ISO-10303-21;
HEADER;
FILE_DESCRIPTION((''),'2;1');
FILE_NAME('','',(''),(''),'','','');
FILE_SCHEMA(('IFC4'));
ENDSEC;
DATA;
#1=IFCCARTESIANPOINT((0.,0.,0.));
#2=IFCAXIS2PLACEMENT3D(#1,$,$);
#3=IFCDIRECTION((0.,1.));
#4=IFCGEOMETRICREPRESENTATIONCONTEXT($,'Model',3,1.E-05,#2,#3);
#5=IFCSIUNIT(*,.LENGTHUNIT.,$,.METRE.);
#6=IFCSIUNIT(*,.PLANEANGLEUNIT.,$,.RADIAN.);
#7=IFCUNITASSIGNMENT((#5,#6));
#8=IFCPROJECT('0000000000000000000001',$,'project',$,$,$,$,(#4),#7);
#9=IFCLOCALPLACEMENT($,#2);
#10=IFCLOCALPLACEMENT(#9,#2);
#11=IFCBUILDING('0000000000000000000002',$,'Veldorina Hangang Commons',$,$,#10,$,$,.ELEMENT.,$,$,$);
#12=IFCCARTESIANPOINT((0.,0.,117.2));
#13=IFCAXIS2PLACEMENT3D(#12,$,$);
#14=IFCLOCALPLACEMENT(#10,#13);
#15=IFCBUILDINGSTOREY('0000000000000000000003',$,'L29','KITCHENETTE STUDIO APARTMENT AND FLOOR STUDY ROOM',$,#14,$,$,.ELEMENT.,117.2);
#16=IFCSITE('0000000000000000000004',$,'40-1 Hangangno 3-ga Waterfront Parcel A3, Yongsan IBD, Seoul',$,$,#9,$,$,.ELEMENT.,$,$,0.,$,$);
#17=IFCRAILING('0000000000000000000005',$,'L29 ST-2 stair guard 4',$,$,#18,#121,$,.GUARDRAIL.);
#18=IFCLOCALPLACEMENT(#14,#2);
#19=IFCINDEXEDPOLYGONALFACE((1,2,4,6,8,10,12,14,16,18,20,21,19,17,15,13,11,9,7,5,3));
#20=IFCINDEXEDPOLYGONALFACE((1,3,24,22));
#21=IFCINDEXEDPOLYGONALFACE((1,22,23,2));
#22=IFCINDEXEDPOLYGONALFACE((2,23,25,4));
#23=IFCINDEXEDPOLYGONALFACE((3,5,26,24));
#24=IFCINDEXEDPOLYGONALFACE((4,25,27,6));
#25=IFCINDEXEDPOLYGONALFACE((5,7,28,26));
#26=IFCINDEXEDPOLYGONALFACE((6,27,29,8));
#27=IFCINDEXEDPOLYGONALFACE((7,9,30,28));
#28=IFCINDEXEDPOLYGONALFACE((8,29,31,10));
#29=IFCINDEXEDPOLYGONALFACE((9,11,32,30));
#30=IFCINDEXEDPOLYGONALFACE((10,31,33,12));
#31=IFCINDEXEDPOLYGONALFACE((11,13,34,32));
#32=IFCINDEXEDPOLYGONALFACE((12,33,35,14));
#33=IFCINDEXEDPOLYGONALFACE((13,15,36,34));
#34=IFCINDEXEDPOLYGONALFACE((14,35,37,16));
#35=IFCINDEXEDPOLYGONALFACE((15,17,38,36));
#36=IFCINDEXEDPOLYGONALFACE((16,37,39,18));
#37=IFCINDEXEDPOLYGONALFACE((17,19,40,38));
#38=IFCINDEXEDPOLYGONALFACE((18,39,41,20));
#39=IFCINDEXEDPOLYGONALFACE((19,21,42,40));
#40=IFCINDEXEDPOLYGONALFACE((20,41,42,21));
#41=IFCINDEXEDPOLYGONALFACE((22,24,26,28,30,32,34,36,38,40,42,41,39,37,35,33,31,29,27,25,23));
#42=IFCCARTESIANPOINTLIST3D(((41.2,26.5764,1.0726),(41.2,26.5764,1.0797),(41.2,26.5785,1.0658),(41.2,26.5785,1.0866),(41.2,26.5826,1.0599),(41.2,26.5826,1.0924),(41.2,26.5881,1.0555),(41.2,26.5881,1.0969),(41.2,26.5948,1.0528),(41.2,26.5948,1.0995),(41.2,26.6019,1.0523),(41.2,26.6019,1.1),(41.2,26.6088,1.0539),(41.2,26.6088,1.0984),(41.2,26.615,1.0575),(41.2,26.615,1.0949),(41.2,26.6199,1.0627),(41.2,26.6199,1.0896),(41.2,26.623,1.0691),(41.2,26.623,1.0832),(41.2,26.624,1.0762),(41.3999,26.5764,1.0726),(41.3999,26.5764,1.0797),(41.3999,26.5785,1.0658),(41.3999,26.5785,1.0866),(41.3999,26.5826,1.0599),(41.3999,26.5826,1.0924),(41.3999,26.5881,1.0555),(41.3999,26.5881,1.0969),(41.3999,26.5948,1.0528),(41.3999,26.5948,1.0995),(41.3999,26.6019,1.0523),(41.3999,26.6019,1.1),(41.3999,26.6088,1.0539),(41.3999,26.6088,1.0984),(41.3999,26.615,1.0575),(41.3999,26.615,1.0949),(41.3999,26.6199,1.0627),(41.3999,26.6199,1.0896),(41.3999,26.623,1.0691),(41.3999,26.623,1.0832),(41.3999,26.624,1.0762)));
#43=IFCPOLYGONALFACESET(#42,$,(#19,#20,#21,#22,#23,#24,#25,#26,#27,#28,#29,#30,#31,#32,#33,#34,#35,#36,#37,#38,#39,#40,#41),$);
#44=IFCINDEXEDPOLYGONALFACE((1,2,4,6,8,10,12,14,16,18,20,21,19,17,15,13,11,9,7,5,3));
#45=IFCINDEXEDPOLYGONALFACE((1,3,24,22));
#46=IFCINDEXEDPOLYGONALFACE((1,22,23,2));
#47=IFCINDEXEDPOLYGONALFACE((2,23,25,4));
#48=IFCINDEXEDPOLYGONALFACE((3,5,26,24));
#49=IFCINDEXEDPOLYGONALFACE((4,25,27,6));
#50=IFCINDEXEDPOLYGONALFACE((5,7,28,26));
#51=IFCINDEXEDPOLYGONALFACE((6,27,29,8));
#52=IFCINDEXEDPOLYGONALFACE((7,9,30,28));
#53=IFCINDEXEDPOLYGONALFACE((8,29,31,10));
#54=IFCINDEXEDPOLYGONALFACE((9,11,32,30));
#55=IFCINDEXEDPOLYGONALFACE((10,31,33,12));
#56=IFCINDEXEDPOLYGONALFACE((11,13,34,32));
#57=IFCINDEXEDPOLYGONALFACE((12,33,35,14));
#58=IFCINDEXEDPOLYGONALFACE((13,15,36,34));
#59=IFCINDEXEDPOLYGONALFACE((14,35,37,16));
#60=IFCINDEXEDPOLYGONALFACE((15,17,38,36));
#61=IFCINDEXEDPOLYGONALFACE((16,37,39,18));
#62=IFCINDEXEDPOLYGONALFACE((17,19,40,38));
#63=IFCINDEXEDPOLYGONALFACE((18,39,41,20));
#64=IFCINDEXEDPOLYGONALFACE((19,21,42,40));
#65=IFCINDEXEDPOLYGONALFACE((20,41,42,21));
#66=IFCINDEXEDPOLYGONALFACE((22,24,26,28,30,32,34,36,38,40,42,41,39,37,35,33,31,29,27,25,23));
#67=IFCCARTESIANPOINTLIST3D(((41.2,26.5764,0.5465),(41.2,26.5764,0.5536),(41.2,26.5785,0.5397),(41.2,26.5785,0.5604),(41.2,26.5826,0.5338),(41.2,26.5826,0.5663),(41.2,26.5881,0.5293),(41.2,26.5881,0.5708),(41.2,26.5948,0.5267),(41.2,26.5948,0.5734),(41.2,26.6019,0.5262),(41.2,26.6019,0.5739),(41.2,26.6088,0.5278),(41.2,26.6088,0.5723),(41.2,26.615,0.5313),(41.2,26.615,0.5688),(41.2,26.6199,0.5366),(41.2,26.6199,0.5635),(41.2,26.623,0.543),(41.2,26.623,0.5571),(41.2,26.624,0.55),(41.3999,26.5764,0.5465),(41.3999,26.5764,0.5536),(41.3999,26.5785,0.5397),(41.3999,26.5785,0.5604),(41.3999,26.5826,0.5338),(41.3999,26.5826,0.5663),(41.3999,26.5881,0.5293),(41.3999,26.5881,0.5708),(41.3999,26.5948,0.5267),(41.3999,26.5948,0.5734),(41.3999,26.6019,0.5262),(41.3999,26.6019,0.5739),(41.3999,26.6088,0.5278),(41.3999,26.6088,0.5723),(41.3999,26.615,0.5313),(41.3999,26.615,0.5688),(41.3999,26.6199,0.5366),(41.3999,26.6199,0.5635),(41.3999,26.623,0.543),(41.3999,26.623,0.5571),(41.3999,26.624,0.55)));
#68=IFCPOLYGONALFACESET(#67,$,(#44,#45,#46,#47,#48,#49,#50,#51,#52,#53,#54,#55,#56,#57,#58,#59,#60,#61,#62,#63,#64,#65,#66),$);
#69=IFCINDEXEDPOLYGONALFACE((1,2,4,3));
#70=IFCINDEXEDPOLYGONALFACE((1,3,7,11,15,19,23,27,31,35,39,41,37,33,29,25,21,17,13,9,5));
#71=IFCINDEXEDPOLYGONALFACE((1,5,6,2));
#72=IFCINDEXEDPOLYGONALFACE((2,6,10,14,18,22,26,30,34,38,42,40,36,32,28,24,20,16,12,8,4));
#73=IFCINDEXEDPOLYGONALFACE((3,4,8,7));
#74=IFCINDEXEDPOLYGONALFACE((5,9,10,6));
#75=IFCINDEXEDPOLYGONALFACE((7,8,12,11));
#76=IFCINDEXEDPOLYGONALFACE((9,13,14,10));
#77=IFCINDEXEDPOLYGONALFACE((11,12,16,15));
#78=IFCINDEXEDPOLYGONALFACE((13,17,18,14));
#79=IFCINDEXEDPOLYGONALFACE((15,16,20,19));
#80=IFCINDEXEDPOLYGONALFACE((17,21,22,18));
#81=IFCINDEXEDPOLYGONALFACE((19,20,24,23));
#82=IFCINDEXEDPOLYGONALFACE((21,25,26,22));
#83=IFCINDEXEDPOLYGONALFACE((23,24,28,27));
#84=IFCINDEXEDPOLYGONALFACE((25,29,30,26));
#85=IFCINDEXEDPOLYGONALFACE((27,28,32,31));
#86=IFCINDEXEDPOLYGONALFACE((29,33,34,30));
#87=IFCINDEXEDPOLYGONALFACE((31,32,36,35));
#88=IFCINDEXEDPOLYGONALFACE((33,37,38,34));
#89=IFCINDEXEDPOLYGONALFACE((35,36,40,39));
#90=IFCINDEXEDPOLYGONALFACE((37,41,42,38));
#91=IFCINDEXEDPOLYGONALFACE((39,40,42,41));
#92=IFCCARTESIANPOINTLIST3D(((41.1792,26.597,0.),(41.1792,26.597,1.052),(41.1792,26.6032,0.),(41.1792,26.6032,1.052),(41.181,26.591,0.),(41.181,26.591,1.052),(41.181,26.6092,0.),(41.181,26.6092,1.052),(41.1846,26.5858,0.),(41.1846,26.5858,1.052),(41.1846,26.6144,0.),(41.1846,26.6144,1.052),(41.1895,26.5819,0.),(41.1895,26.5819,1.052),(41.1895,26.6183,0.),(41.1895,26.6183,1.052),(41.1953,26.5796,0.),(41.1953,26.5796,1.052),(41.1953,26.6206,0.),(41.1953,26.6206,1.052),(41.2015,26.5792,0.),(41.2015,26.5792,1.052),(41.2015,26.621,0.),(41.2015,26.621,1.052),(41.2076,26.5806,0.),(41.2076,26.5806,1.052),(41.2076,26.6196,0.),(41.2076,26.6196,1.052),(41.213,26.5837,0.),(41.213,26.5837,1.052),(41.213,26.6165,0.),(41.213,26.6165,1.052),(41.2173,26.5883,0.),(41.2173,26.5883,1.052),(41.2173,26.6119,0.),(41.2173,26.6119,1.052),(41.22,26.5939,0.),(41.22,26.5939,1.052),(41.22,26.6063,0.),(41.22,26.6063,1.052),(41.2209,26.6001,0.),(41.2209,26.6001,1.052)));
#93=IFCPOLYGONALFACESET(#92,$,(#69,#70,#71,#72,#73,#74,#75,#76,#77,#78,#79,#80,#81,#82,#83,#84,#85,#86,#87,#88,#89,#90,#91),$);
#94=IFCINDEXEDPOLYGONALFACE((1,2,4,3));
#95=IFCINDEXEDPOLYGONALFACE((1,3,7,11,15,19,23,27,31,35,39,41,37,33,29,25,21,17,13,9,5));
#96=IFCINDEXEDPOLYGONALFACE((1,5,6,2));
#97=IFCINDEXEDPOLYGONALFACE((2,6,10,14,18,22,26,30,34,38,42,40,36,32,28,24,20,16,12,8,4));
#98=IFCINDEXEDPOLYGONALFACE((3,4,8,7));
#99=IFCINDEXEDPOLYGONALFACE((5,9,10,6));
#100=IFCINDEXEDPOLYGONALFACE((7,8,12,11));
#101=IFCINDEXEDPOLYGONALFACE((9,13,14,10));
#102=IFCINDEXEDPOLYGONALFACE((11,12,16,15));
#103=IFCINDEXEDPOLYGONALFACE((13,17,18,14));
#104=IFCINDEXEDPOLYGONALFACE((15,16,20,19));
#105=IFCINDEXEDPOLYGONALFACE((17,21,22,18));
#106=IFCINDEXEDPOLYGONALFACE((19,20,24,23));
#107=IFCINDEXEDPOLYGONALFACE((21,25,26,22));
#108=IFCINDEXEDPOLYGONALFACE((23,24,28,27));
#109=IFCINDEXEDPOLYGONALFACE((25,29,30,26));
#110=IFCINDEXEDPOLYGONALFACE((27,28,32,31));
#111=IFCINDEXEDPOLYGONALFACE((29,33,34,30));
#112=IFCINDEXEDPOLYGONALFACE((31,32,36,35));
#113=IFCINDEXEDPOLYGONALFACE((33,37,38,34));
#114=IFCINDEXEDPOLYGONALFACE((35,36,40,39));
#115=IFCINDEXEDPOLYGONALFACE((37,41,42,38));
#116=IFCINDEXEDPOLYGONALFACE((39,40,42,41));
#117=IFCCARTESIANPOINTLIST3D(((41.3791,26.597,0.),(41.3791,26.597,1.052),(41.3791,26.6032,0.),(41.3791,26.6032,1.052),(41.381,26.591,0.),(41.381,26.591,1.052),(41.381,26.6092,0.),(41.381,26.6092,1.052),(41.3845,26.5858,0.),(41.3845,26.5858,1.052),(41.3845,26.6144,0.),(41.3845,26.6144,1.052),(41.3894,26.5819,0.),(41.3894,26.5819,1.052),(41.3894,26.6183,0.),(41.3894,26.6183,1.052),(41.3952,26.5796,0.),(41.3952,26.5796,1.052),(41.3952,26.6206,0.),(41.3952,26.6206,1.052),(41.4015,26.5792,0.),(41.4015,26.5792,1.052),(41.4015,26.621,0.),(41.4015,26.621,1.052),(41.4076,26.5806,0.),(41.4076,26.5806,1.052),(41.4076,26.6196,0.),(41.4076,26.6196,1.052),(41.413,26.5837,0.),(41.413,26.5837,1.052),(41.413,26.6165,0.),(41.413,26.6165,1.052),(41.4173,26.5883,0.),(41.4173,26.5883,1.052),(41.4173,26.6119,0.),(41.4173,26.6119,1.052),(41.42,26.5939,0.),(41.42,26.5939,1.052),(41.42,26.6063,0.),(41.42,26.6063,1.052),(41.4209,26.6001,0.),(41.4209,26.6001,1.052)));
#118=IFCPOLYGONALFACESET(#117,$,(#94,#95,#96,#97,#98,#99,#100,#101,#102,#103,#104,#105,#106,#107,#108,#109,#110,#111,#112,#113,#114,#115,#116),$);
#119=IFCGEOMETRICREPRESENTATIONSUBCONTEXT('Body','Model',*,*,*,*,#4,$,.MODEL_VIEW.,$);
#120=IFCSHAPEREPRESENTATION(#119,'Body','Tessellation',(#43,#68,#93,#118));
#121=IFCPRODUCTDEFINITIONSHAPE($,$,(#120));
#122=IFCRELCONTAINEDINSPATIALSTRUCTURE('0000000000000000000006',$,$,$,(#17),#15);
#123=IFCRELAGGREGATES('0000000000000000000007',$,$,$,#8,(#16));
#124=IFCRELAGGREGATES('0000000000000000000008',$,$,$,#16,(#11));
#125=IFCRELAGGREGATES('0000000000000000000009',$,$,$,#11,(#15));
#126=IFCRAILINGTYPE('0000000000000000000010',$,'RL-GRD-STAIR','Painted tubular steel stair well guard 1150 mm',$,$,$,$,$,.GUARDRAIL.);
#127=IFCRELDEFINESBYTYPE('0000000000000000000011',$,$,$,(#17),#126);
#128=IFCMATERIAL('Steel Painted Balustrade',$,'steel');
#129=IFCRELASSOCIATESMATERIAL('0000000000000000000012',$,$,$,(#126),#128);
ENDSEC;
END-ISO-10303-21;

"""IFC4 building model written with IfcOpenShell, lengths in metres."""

from ifc_helpers import new_model, si_unit, direction, frame, origin, origin_2d, place, context, subcontext, project, spatial, circle, extrude, material, type_object, element, save


model = new_model("IFC4")

# Units and contexts
model_context = context("Model", 3, precision=1e-05, world=origin(), true_north=direction((0.0, 1.0)))
body_context = subcontext(model_context, "Body", "Model", "MODEL_VIEW")
ifc_project = project(units=[si_unit("LENGTHUNIT", "METRE"), si_unit("PLANEANGLEUNIT", "RADIAN")], contexts=[model_context])

# Site, building, storey
site_placement = place(None, origin())
site = spatial("IfcSite", under=ifc_project, at=site_placement, Name="40-1 Hangangno 3-ga Waterfront Parcel A3, Yongsan IBD, Seoul", CompositionType="ELEMENT", RefElevation=0.0)
building_placement = place(site_placement, origin())
building = spatial("IfcBuilding", under=site, at=building_placement, Name="Veldorina Hangang Commons", CompositionType="ELEMENT")
storey_placement = place(building_placement, frame((0.0, 0.0, 117.2)))
storey = spatial("IfcBuildingStorey", under=building, at=storey_placement, Name="L29", Description="KITCHENETTE STUDIO APARTMENT AND FLOOR STUDY ROOM", CompositionType="ELEMENT", Elevation=117.2)

# Railing
ifc_material_1 = material(Name="Steel Painted Balustrade", Category="steel")
railing_type_1 = type_object("IfcRailingType", Name="RL-GRD-STAIR", Description="Painted tubular steel stair well guard 1150 mm", PredefinedType="GUARDRAIL", material=ifc_material_1)
railing_1_placement = place(storey_placement, frame((41.2, 26.6001, 0.0)))
element("IfcRailing", 1, at=railing_1_placement, inside=storey, type_object=railing_type_1, Name="L29 ST-2 stair guard 4", PredefinedType="GUARDRAIL", context=body_context, shape_type="SweptSolid", body=[
    extrude(circle(Radius=0.0239, at=origin_2d()), frame((0.0, 0.0, 1.0762), z_axis=(1.0, 0.0, 0.0), x_axis=(0.0, 1.0, 0.0)), (0.0, 0.0, 1.0), 0.2),
    extrude(circle(Radius=0.0239, at=origin_2d()), frame((0.0, 0.0, 0.55), z_axis=(1.0, 0.0, 0.0), x_axis=(0.0, 1.0, 0.0)), (0.0, 0.0, 1.0), 0.2),
    extrude(circle(Radius=0.021, at=origin_2d()), origin(), (0.0, 0.0, 1.0), 1.052),
    extrude(circle(Radius=0.021, at=origin_2d()), frame((0.2, 0.0, 0.0)), (0.0, 0.0, 1.0), 1.052),
])

save(model, "model.ifc")
